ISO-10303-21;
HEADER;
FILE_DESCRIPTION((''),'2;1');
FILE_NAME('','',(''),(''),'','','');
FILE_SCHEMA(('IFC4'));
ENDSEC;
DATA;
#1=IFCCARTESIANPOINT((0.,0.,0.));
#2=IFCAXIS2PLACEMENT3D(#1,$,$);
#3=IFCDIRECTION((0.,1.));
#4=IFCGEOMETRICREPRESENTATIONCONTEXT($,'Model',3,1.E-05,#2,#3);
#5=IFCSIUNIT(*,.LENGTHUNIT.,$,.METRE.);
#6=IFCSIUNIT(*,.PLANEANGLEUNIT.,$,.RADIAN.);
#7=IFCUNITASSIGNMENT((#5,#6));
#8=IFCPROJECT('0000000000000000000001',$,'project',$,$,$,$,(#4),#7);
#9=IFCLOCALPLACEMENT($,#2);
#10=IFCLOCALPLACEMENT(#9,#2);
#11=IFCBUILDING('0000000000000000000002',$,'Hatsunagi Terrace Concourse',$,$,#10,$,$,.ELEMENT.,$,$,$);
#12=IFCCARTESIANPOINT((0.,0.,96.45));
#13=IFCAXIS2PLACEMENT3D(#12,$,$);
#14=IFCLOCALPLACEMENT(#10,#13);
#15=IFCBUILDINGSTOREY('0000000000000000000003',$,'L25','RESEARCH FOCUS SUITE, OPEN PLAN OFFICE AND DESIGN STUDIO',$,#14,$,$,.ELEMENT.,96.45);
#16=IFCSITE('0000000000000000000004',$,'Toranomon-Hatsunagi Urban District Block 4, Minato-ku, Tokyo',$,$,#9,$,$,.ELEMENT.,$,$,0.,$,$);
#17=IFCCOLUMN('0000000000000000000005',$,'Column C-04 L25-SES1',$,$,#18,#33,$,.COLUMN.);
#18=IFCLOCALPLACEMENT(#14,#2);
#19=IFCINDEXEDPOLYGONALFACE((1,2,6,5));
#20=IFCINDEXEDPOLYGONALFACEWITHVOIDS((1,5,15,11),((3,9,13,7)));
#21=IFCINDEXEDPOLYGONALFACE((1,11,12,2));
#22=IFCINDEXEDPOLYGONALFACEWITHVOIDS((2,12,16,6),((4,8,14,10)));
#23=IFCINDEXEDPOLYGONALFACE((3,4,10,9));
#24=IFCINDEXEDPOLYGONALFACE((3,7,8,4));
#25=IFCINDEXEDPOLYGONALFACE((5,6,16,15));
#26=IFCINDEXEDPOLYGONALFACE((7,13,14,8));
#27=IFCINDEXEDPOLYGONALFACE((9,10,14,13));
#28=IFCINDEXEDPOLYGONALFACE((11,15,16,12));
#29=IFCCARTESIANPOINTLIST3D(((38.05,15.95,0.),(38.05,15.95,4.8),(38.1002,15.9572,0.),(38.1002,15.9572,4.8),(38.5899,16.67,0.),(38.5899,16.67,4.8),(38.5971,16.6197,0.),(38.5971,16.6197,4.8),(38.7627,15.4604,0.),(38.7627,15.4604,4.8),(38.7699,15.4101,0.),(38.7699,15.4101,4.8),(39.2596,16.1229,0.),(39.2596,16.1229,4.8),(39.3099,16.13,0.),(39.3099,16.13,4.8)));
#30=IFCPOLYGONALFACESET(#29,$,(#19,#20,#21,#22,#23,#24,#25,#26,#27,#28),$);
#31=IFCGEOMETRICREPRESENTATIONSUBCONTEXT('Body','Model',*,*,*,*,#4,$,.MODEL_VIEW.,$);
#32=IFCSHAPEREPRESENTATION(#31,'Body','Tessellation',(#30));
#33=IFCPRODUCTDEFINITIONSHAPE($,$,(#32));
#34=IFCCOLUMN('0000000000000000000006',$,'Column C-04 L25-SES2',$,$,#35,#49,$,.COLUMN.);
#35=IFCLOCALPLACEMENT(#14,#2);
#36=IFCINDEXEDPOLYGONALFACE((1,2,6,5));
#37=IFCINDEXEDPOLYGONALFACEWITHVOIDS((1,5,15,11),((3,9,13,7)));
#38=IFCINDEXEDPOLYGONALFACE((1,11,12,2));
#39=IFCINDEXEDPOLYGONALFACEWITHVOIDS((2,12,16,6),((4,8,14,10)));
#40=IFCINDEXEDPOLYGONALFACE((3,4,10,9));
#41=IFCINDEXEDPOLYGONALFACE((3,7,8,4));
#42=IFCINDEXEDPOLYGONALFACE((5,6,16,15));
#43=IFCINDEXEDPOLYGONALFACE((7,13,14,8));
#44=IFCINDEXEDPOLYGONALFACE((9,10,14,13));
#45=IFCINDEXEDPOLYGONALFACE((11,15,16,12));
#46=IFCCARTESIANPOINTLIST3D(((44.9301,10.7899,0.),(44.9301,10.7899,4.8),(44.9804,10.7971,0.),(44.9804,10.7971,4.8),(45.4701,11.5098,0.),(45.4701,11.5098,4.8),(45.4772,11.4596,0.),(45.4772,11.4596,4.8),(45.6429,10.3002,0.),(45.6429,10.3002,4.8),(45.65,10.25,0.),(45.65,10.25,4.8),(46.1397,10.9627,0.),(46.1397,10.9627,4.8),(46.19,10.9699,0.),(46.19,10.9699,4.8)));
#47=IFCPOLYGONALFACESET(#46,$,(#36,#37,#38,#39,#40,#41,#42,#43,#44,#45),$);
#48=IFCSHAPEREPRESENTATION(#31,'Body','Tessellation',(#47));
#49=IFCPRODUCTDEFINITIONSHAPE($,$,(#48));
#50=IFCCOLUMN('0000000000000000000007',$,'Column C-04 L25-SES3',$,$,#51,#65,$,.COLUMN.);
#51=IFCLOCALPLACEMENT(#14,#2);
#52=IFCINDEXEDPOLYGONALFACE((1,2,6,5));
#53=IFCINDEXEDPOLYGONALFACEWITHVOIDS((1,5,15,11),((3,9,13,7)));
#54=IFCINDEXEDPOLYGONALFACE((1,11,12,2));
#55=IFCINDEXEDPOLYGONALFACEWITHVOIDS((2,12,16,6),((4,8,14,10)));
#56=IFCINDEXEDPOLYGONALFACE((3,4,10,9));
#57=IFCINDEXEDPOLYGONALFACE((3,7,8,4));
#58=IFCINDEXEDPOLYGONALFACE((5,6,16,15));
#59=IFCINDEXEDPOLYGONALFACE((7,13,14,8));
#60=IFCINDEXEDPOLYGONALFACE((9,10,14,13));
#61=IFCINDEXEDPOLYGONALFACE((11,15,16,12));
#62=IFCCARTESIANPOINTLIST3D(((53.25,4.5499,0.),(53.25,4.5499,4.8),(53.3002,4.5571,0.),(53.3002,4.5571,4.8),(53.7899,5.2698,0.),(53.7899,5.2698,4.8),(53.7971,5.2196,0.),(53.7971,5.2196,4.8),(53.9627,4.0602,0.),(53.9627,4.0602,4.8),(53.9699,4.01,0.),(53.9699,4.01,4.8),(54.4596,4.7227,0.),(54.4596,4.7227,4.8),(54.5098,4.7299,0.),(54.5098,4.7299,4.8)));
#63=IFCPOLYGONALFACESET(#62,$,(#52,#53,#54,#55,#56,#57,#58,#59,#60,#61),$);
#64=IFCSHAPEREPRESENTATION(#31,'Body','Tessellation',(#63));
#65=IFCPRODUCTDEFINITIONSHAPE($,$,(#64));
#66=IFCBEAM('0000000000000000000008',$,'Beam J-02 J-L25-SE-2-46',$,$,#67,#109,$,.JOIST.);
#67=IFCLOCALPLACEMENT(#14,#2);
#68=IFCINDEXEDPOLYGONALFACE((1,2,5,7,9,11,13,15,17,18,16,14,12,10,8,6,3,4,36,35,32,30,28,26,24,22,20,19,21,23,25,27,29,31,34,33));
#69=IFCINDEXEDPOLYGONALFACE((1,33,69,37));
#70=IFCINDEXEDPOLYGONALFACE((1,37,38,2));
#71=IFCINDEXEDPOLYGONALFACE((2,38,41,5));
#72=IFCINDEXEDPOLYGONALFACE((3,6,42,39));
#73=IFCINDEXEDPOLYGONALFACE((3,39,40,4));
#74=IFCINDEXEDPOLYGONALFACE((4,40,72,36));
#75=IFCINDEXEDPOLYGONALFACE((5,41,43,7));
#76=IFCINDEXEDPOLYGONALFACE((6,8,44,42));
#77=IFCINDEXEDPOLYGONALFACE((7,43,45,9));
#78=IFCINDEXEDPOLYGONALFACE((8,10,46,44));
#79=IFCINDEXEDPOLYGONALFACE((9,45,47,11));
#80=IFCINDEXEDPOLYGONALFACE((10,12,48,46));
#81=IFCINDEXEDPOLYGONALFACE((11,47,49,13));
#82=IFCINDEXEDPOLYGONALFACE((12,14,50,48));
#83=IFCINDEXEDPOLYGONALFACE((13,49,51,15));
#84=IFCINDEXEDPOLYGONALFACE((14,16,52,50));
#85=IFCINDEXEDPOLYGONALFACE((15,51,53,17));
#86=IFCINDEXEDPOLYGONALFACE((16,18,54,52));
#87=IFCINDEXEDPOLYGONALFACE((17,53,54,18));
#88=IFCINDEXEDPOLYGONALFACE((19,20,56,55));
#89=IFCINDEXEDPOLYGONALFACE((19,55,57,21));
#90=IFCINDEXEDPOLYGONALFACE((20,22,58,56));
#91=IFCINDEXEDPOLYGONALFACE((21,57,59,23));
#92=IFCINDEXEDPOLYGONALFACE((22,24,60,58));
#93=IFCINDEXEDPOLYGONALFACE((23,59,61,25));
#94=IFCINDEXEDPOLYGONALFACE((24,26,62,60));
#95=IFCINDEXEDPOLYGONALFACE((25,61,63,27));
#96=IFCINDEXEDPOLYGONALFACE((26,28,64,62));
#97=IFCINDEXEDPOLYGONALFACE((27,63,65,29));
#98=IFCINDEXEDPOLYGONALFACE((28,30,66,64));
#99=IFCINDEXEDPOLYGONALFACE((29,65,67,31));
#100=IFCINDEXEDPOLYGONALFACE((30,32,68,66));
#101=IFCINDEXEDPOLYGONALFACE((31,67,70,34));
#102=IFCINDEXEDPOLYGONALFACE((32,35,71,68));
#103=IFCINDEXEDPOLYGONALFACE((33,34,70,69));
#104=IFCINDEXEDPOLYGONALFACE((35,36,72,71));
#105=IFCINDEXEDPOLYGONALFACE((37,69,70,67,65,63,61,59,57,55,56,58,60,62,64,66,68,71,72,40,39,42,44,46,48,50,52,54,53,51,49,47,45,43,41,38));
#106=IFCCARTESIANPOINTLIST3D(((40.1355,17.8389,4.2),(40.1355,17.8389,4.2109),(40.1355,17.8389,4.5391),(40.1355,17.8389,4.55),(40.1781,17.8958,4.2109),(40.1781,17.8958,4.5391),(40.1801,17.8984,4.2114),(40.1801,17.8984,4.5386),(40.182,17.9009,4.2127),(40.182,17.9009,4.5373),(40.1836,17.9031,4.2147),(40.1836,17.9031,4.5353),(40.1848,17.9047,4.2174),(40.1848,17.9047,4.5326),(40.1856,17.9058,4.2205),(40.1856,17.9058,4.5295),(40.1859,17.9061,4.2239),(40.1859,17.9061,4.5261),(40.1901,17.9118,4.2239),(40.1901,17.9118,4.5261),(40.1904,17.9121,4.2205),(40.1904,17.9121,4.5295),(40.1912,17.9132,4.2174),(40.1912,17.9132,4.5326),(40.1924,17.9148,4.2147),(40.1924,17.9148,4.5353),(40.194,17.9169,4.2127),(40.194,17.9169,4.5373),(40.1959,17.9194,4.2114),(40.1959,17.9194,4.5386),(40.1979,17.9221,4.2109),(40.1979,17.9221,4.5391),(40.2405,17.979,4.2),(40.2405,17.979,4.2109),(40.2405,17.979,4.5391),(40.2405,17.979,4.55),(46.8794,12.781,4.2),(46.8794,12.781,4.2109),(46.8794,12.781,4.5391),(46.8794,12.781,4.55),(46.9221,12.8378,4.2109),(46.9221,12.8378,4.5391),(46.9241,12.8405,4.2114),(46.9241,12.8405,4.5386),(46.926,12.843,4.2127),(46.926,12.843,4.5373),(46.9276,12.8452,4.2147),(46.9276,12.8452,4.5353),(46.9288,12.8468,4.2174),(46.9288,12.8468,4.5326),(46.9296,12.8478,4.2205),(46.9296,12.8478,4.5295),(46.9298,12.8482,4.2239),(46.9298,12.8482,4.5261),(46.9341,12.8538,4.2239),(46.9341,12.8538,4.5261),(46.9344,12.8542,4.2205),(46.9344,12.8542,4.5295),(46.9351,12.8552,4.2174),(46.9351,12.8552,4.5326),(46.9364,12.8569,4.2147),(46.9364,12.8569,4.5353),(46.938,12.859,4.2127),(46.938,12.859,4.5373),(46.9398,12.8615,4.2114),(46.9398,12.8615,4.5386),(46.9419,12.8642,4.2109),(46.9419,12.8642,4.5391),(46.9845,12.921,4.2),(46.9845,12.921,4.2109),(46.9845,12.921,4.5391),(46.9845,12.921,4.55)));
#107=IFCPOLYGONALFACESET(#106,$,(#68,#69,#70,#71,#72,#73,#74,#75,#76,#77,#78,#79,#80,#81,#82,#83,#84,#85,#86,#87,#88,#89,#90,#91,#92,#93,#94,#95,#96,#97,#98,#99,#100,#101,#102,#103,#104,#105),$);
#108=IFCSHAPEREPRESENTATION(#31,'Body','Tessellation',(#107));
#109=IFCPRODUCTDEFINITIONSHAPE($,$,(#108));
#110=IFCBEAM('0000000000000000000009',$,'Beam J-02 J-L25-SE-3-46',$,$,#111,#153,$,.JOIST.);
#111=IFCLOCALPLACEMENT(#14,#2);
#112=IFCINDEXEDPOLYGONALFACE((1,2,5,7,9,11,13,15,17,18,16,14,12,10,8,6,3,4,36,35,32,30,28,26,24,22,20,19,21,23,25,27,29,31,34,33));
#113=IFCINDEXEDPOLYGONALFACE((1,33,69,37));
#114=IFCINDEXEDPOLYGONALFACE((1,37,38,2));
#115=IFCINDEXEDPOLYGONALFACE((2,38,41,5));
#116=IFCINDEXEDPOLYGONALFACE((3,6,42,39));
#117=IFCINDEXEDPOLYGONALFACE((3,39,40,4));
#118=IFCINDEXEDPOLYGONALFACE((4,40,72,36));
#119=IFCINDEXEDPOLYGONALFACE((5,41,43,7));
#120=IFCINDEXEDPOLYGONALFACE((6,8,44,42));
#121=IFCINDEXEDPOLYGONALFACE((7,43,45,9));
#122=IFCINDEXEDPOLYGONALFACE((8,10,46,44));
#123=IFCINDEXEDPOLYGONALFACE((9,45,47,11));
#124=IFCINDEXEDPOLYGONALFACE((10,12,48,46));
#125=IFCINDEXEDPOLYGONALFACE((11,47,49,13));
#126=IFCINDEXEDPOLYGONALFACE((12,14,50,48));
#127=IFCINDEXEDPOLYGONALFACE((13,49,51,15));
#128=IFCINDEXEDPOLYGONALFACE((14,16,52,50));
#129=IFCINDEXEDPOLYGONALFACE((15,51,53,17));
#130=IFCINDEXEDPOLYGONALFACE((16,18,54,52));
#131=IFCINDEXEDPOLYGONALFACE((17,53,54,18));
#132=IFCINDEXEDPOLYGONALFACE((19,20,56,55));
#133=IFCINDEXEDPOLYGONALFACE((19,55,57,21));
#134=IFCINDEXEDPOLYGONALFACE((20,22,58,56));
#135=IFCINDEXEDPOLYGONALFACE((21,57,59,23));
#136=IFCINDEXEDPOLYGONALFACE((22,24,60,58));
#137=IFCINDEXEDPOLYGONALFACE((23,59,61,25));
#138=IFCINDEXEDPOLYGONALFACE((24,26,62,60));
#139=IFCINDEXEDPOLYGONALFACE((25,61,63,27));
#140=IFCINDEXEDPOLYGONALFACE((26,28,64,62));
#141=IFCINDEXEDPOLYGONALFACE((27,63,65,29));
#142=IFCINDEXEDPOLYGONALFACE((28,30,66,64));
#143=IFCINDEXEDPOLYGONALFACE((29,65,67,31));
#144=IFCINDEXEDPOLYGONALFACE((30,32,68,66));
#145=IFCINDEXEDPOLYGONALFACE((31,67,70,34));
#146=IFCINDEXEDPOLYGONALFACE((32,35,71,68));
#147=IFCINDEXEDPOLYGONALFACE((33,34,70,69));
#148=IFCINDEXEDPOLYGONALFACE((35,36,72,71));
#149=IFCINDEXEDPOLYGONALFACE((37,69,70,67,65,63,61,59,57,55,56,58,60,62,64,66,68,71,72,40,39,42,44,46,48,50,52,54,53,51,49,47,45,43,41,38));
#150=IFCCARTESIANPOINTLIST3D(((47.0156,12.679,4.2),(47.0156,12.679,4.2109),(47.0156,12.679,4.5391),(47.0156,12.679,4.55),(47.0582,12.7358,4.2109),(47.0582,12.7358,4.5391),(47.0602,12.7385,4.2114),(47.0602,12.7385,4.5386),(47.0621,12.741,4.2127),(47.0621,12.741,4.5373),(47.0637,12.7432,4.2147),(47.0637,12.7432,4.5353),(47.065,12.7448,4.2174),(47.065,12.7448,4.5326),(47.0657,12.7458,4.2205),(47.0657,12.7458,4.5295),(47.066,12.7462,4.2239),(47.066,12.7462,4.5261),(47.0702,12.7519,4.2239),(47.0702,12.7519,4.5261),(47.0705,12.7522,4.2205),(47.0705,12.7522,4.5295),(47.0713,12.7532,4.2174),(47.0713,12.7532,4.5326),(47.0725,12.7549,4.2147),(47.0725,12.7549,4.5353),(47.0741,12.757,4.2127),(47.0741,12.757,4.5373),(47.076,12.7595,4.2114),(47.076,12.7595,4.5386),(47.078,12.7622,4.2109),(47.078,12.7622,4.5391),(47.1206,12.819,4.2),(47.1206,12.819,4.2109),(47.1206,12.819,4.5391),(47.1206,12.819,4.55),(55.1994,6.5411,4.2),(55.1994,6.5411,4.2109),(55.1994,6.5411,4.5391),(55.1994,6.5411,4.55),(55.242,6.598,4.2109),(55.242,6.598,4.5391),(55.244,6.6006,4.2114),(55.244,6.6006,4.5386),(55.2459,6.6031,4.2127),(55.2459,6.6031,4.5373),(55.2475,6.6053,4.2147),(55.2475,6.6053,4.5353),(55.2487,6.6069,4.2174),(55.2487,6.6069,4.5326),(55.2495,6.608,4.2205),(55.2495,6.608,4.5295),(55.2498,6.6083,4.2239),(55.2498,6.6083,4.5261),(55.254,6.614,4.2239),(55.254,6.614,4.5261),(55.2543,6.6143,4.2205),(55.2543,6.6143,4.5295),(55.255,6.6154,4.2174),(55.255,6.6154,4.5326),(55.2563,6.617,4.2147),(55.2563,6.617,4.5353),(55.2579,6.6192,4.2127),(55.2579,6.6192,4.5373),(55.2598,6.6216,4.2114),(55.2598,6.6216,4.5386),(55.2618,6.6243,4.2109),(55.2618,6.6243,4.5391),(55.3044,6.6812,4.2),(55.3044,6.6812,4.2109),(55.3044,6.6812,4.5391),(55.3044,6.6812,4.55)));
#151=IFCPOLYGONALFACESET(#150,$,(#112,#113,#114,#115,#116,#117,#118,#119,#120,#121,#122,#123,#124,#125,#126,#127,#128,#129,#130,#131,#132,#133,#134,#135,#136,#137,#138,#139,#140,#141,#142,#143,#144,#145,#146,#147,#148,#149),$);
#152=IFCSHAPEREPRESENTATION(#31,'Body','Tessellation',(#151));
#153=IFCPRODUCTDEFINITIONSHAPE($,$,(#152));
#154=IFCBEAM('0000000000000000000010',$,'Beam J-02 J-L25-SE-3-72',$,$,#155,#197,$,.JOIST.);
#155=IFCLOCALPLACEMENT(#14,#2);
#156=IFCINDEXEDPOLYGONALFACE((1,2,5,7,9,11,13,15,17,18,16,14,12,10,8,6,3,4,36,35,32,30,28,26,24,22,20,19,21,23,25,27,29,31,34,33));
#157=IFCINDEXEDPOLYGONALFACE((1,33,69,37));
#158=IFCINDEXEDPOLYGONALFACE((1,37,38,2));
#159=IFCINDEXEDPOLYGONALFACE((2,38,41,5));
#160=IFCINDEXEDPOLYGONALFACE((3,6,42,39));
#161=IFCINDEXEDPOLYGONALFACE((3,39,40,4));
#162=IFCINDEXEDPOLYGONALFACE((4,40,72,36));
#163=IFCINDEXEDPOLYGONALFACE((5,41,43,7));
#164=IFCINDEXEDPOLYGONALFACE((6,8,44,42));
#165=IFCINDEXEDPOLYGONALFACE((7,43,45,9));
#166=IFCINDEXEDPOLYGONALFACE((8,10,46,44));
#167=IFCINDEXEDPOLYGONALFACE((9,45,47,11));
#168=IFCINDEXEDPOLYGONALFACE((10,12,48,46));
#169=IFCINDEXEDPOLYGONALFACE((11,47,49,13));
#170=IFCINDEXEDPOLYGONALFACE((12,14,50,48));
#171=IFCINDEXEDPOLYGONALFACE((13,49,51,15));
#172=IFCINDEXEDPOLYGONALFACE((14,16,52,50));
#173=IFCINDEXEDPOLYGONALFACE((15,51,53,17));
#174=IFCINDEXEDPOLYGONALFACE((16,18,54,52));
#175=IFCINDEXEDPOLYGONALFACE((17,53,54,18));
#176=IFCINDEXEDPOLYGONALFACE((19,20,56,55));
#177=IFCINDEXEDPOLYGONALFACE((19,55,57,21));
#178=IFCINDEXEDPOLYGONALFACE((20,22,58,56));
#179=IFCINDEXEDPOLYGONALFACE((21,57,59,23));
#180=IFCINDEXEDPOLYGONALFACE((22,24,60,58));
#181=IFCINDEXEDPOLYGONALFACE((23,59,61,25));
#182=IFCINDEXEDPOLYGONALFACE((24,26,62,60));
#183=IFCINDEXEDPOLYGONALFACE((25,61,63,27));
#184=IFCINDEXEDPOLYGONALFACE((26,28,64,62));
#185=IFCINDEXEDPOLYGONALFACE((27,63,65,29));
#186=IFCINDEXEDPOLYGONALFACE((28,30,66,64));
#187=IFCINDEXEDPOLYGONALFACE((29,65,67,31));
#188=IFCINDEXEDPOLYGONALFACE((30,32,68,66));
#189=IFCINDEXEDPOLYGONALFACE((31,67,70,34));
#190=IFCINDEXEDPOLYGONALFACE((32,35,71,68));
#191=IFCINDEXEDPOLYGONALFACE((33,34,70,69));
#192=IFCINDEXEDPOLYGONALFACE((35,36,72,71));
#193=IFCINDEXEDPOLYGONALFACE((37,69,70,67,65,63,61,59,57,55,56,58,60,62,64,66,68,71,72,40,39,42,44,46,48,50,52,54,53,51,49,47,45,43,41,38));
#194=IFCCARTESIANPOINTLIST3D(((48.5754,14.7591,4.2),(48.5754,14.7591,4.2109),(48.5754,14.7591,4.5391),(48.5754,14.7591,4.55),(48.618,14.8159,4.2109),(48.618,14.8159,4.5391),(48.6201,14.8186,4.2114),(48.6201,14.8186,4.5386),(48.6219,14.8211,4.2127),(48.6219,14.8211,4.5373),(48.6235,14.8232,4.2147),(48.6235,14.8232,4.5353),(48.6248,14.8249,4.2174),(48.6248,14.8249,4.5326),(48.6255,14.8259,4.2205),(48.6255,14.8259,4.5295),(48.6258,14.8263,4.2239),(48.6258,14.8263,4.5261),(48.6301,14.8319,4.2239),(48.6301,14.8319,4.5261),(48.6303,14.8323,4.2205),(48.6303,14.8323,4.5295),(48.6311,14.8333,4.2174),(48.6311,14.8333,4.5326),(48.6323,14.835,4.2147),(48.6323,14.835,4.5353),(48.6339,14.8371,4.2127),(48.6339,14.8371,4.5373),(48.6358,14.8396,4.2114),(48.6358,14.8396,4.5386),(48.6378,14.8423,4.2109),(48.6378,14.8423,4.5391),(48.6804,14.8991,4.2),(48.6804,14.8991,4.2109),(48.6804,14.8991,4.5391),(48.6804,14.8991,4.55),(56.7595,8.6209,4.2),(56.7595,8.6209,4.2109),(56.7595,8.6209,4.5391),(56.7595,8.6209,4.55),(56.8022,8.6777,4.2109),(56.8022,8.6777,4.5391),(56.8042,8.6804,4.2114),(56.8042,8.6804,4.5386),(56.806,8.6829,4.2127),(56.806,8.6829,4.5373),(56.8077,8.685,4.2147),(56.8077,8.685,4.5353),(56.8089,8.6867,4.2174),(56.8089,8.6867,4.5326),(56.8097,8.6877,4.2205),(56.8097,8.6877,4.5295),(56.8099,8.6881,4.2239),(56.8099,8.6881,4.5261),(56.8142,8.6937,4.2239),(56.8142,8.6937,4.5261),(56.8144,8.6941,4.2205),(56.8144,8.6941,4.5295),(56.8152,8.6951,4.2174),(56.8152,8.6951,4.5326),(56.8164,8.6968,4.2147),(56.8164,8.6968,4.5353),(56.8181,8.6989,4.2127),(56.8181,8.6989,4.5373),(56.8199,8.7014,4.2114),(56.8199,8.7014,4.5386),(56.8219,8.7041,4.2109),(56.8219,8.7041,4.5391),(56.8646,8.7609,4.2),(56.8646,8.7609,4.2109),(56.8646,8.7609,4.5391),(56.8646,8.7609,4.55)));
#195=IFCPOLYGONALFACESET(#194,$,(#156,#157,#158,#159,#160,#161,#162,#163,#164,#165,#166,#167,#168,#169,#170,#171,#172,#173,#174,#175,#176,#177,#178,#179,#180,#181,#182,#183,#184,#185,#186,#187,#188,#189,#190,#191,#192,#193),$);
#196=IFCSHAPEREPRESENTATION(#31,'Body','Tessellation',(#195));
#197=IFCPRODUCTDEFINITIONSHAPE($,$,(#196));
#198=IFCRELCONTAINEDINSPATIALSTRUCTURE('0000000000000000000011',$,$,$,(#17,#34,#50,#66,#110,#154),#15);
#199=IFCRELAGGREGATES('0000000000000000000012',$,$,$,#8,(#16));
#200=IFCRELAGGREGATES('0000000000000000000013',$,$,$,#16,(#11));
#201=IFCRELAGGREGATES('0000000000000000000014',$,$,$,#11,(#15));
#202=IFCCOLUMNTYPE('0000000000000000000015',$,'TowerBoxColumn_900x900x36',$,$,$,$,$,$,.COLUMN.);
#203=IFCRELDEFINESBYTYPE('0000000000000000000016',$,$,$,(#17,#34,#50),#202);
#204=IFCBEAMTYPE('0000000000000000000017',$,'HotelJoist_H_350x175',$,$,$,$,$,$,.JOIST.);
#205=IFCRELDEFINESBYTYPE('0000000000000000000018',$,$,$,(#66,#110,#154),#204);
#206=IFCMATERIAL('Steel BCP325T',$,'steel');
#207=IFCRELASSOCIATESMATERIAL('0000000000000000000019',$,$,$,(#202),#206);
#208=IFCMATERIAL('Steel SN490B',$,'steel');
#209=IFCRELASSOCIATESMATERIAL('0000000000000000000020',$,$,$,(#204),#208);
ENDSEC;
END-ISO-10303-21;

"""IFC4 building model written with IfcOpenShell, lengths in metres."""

from ifc_helpers import new_model, si_unit, direction, frame, origin, origin_2d, place, context, subcontext, project, spatial, hollow_rectangle, i_section, extrude, material, material_profile, profile_set, type_object, element, save


model = new_model("IFC4")

# Units and contexts
model_context = context("Model", 3, precision=1e-05, world=origin(), true_north=direction((0.0, 1.0)))
body_context = subcontext(model_context, "Body", "Model", "MODEL_VIEW")
ifc_project = project(units=[si_unit("LENGTHUNIT", "METRE"), si_unit("PLANEANGLEUNIT", "RADIAN")], contexts=[model_context])

# Site, building, storey
site_placement = place(None, origin())
site = spatial("IfcSite", under=ifc_project, at=site_placement, Name="Toranomon-Hatsunagi Urban District Block 4, Minato-ku, Tokyo", CompositionType="ELEMENT", RefElevation=0.0)
building_placement = place(site_placement, origin())
building = spatial("IfcBuilding", under=site, at=building_placement, Name="Hatsunagi Terrace Concourse", CompositionType="ELEMENT")
storey_placement = place(building_placement, frame((0.0, 0.0, 96.45)))
storey = spatial("IfcBuildingStorey", under=building, at=storey_placement, Name="L25", Description="RESEARCH FOCUS SUITE, OPEN PLAN OFFICE AND DESIGN STUDIO", CompositionType="ELEMENT", Elevation=96.45)

# Columns
ifc_material_1 = material(Name="Steel BCP325T", Category="steel")
ifc_material_profile_1 = material_profile(ifc_material_1, hollow_rectangle(XDim=0.8999, YDim=0.8999, WallThickness=0.0359, at=origin_2d()), Name="BCP-900x900x36")
ifc_profile_set_1 = profile_set([ifc_material_profile_1], Name="Steel BCP325T")
column_type = type_object("IfcColumnType", Name="TowerBoxColumn_900x900x36", PredefinedType="COLUMN", material=ifc_profile_set_1)
for number, where, z_axis, x_axis, name in (
    (1, (38.6799, 16.04, 0.0), (0.0, 0.0, 1.0), (0.8, -0.6, 0.0), "Column C-04 L25-SES1"),
    (2, (45.5601, 10.8799, 0.0), (0.0, 0.0, 1.0), (0.8, -0.6, 0.0), "Column C-04 L25-SES2"),
    (3, (53.8799, 4.6399, 0.0), (0.0, 0.0, 1.0), (0.8, -0.6, 0.0), "Column C-04 L25-SES3"),
):
    element("IfcColumn", number, at=place(storey_placement, frame(where, z_axis=z_axis, x_axis=x_axis)), inside=storey, type_object=column_type, Name=name, PredefinedType="COLUMN", context=body_context, shape_type="SweptSolid", body=[
        extrude(hollow_rectangle(XDim=0.8999, YDim=0.8999, WallThickness=0.0359, at=origin_2d()), origin(), (0.0, 0.0, 1.0), 4.8),
    ])

# Beams
ifc_material_2 = material(Name="Steel SN490B", Category="steel")
ifc_material_profile_2 = material_profile(ifc_material_2, i_section(OverallWidth=0.175, OverallDepth=0.3501, WebThickness=0.0071, FlangeThickness=0.011, FilletRadius=0.0129, at=origin_2d()), Name="H-350x175x7x11")
ifc_profile_set_2 = profile_set([ifc_material_profile_2], Name="Steel SN490B")
beam_type_1 = type_object("IfcBeamType", Name="HotelJoist_H_350x175", PredefinedType="JOIST", material=ifc_profile_set_2)
beam_1_placement = place(storey_placement, frame((40.188, 17.9089, 4.375), z_axis=(0.800003, -0.599995, 0.0), x_axis=(0.599995, 0.800003, 0.0)))
element("IfcBeam", 4, at=beam_1_placement, inside=storey, type_object=beam_type_1, Name="Beam J-02 J-L25-SE-2-46", PredefinedType="JOIST", context=body_context, shape_type="SweptSolid", body=[
    extrude(i_section(OverallWidth=0.175, OverallDepth=0.3501, WebThickness=0.0071, FlangeThickness=0.011, FilletRadius=0.0129, at=origin_2d()), origin(), (0.0, 0.0, 1.0), 8.4299),
])
beam_2_placement = place(storey_placement, frame((47.0681, 12.749, 4.375), z_axis=(0.799997, -0.600004, 0.0), x_axis=(0.600004, 0.799997, 0.0)))
element("IfcBeam", 5, at=beam_2_placement, inside=storey, type_object=beam_type_1, Name="Beam J-02 J-L25-SE-3-46", PredefinedType="JOIST", context=body_context, shape_type="SweptSolid", body=[
    extrude(i_section(OverallWidth=0.175, OverallDepth=0.3501, WebThickness=0.0071, FlangeThickness=0.011, FilletRadius=0.0129, at=origin_2d()), origin(), (0.0, 0.0, 1.0), 10.2297),
])
beam_3_placement = place(storey_placement, frame((48.6279, 14.8291, 4.375), z_axis=(0.799994, -0.600008, 0.0), x_axis=(0.600008, 0.799994, 0.0)))
element("IfcBeam", 6, at=beam_3_placement, inside=storey, type_object=beam_type_1, Name="Beam J-02 J-L25-SE-3-72", PredefinedType="JOIST", context=body_context, shape_type="SweptSolid", body=[
    extrude(i_section(OverallWidth=0.175, OverallDepth=0.3501, WebThickness=0.0071, FlangeThickness=0.011, FilletRadius=0.0129, at=origin_2d()), origin(), (0.0, 0.0, 1.0), 10.2302),
])

save(model, "model.ifc")
